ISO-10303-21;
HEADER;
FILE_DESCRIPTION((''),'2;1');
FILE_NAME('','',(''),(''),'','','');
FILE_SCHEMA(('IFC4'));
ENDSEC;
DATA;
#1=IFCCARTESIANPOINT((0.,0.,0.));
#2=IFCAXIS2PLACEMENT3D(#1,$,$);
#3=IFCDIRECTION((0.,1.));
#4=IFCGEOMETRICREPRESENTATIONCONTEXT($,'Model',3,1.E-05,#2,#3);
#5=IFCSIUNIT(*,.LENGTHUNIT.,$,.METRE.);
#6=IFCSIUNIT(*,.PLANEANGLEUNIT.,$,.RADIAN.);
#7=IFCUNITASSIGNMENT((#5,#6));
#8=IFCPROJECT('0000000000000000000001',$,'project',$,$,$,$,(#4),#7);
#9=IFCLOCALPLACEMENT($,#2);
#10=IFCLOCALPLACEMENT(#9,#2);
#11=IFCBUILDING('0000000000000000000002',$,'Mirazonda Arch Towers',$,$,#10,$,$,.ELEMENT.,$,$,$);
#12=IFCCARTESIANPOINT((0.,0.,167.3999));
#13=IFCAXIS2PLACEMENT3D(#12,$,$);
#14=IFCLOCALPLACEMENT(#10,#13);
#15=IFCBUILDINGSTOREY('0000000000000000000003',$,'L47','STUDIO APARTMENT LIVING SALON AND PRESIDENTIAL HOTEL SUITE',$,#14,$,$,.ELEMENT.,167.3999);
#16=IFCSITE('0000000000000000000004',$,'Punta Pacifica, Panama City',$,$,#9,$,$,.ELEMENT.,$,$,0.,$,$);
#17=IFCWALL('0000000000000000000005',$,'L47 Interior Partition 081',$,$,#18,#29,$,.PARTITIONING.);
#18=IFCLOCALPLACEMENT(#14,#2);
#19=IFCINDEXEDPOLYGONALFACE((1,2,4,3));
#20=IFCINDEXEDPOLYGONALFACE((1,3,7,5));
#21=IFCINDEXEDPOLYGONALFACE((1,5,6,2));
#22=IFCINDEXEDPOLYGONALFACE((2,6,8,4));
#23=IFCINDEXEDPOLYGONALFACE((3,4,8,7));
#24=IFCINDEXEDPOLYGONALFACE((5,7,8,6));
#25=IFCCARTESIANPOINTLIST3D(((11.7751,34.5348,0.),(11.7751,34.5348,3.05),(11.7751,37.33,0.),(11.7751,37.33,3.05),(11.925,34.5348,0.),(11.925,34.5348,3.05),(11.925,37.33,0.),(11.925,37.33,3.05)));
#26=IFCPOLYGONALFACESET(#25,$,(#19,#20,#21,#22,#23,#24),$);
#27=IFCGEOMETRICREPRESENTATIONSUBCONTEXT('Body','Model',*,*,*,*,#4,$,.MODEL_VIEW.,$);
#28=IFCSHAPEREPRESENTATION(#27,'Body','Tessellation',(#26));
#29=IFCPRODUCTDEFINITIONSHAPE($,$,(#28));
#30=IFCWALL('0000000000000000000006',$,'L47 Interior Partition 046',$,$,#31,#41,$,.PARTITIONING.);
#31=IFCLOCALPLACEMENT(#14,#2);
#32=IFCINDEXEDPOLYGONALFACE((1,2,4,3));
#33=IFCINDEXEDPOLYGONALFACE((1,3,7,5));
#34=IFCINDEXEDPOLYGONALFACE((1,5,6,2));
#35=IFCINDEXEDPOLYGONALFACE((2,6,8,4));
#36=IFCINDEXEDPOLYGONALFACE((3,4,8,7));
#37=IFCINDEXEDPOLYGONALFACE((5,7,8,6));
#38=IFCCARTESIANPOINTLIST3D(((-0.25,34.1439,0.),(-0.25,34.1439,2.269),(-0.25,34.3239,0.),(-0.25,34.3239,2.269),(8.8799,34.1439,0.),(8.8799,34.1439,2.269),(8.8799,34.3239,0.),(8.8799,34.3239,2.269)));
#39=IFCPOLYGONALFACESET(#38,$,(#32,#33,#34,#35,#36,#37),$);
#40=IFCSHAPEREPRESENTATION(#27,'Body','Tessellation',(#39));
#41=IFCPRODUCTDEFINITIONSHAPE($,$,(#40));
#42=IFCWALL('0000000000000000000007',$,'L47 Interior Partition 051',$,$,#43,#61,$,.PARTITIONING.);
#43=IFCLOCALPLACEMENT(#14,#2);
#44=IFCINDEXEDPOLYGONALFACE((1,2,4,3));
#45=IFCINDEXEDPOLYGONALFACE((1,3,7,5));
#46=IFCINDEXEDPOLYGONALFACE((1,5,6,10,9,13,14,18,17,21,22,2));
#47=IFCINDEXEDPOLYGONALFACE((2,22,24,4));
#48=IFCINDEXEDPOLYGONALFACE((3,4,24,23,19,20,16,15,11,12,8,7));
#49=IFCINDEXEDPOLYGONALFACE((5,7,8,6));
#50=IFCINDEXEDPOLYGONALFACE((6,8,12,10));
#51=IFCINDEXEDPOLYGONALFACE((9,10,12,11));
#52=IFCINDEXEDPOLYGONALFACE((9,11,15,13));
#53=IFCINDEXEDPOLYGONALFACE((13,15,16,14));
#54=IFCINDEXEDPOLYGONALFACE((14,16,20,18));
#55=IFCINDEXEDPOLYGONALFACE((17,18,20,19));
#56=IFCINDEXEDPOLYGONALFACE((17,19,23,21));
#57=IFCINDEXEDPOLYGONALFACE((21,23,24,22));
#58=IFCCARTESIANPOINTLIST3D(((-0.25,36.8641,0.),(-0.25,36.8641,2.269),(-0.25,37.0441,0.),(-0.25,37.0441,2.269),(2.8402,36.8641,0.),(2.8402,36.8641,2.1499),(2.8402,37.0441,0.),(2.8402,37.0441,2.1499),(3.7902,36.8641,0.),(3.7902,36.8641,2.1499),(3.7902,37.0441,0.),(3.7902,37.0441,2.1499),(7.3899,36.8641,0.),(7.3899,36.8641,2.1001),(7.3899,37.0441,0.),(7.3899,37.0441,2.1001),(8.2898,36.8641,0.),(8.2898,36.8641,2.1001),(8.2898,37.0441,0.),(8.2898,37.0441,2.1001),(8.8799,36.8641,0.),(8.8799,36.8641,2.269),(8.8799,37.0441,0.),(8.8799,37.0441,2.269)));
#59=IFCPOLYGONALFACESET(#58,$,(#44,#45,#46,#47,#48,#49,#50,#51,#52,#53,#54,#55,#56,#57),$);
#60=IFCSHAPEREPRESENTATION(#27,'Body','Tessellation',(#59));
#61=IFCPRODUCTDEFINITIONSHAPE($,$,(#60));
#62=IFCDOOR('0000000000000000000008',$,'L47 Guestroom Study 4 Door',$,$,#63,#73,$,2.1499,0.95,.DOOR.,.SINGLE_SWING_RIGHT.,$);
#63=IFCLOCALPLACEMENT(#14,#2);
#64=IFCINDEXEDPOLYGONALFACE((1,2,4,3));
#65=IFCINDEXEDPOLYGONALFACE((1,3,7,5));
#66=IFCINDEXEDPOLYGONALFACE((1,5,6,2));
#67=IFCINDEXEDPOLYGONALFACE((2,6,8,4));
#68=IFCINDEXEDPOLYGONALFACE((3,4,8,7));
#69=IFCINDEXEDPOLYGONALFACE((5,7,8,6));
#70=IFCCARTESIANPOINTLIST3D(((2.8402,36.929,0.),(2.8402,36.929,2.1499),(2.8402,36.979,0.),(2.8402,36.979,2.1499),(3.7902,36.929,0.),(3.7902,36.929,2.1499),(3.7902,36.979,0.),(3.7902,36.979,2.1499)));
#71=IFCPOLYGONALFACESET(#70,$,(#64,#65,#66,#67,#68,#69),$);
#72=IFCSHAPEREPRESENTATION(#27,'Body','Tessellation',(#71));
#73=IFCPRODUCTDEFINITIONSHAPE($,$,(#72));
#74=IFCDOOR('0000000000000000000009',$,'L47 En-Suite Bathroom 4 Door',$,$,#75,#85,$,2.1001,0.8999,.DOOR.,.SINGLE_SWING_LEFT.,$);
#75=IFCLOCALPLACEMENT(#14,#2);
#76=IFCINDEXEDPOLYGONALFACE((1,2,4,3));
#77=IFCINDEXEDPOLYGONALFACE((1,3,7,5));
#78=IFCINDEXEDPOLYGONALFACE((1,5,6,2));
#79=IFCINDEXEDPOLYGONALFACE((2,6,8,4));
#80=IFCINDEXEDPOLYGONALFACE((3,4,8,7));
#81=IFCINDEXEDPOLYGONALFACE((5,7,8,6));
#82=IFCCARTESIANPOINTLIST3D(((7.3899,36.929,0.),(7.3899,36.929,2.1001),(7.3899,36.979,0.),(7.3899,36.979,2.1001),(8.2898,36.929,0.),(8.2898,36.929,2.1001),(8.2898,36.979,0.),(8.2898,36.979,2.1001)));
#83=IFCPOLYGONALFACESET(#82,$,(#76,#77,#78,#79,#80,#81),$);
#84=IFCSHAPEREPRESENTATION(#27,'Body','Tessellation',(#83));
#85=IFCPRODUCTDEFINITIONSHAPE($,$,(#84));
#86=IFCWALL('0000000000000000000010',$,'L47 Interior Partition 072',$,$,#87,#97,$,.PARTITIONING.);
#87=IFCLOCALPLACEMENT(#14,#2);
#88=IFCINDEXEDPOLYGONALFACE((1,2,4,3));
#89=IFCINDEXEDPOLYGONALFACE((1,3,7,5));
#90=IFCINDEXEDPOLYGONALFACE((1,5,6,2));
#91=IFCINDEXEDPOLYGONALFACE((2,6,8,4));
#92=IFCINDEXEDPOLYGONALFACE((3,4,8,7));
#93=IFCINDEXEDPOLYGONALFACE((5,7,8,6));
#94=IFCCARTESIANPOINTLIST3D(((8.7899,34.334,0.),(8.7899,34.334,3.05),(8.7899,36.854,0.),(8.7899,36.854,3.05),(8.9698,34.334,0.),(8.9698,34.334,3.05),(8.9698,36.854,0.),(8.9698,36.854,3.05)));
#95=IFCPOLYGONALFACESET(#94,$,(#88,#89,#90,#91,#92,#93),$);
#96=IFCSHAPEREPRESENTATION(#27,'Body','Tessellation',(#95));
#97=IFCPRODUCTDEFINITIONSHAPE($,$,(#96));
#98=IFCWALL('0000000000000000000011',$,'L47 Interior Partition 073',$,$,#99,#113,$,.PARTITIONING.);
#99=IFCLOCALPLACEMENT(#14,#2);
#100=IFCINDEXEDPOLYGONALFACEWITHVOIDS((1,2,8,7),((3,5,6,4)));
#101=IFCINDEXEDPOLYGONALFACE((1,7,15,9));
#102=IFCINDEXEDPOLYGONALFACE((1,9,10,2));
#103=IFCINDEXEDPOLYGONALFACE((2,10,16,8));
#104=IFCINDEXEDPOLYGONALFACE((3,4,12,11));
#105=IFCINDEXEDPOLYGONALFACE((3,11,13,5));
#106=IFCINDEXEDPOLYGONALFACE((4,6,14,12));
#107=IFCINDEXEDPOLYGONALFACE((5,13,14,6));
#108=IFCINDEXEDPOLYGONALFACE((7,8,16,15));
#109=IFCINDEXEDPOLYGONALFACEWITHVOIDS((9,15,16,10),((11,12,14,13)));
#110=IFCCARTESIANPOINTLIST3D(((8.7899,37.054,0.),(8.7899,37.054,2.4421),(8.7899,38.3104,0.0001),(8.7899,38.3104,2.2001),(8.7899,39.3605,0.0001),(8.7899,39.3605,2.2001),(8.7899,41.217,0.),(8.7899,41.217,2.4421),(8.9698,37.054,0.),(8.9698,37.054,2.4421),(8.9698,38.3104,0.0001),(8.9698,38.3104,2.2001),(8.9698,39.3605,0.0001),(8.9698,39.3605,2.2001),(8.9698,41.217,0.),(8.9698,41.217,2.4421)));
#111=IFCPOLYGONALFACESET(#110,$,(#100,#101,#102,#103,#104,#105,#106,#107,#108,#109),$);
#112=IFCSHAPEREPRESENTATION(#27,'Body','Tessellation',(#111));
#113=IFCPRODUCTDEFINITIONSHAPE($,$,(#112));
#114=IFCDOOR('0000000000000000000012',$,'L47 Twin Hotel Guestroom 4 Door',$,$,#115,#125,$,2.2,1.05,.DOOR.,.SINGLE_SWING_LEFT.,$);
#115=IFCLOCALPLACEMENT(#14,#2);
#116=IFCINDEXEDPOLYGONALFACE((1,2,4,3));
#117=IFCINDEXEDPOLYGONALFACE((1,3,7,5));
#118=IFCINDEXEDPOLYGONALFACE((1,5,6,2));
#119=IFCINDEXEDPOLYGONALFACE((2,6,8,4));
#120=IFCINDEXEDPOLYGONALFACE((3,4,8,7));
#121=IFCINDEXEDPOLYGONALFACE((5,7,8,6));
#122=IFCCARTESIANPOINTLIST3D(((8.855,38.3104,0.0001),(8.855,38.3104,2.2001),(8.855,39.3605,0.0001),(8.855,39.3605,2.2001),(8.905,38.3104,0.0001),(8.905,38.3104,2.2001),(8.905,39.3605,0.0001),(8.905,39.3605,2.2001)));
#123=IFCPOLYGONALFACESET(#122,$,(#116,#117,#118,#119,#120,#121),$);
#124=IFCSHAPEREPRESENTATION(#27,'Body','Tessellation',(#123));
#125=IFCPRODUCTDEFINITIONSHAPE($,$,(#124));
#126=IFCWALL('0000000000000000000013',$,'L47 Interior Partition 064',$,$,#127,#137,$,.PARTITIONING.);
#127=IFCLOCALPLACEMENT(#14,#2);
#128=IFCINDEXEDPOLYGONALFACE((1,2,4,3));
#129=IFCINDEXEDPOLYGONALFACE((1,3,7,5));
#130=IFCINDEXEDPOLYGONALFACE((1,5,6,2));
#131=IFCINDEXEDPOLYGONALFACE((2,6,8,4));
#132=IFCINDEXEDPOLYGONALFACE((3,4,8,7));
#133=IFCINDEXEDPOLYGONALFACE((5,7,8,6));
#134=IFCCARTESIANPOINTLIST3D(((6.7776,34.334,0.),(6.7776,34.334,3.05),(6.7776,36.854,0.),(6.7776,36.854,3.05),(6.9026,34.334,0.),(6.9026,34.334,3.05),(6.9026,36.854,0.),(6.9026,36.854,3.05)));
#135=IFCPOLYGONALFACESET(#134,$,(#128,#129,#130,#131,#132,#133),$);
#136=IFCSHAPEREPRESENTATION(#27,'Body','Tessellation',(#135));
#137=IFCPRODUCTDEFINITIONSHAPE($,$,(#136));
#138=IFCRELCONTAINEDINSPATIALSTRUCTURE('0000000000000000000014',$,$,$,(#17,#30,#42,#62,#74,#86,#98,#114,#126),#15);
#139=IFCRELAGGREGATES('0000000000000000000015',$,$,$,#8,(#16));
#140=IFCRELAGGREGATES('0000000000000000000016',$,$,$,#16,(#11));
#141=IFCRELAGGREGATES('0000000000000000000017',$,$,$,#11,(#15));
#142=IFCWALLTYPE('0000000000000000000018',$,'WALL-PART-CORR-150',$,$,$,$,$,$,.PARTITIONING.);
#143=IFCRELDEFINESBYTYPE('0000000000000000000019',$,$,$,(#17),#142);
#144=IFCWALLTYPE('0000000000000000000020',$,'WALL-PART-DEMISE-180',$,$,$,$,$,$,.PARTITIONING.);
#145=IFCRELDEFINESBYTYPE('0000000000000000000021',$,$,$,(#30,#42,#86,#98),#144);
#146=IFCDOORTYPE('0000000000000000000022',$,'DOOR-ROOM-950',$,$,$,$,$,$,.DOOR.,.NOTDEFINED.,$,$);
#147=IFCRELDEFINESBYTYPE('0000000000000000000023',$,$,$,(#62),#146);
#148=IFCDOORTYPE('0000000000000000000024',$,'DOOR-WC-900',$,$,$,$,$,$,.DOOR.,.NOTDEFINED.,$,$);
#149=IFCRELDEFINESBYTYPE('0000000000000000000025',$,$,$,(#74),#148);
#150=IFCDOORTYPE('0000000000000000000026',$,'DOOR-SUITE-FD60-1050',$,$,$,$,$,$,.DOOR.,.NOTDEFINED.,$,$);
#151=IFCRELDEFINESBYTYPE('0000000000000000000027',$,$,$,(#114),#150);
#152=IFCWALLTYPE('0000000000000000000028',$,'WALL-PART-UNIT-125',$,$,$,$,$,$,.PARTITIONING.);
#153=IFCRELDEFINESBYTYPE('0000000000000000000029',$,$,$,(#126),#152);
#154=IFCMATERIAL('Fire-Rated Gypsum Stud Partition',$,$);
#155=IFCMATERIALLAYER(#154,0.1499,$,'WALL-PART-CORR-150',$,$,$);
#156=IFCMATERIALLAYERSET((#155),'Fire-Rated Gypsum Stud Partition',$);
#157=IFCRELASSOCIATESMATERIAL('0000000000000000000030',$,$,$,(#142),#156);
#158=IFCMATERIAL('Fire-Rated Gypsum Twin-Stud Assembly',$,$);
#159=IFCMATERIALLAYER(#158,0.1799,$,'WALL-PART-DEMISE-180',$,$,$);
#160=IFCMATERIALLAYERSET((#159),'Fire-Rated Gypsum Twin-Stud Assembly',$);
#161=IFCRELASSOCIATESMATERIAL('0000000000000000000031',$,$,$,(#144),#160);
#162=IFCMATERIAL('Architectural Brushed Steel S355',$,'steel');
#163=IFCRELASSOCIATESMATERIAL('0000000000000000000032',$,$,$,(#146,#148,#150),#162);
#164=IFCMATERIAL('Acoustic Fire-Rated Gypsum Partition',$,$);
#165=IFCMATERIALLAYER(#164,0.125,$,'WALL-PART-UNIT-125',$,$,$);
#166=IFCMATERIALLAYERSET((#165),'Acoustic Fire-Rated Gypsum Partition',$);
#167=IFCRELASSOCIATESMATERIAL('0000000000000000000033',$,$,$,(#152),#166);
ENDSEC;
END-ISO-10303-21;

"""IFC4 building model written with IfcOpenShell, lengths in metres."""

from ifc_helpers import new_model, si_unit, direction, frame, frame_2d, origin, place, context, subcontext, project, spatial, rectangle, extrude, material, layer, layer_set, type_object, element, fill, save


model = new_model("IFC4")

# Units and contexts
model_context = context("Model", 3, precision=1e-05, world=origin(), true_north=direction((0.0, 1.0)))
body_context = subcontext(model_context, "Body", "Model", "MODEL_VIEW")
ifc_project = project(units=[si_unit("LENGTHUNIT", "METRE"), si_unit("PLANEANGLEUNIT", "RADIAN")], contexts=[model_context])

# Site, building, storey
site_placement = place(None, origin())
site = spatial("IfcSite", under=ifc_project, at=site_placement, Name="Punta Pacifica, Panama City", CompositionType="ELEMENT", RefElevation=0.0)
building_placement = place(site_placement, origin())
building = spatial("IfcBuilding", under=site, at=building_placement, Name="Mirazonda Arch Towers", CompositionType="ELEMENT")
storey_placement = place(building_placement, frame((0.0, 0.0, 167.3999)))
storey = spatial("IfcBuildingStorey", under=building, at=storey_placement, Name="L47", Description="STUDIO APARTMENT LIVING SALON AND PRESIDENTIAL HOTEL SUITE", CompositionType="ELEMENT", Elevation=167.3999)

# Shared definitions
ifc_material_1 = material(Name="Fire-Rated Gypsum Stud Partition")
ifc_layer_1 = layer(ifc_material_1, 0.1499, Name="WALL-PART-CORR-150")
ifc_layer_set_1 = layer_set([ifc_layer_1], Name="Fire-Rated Gypsum Stud Partition")
wall_type_1 = type_object("IfcWallType", Name="WALL-PART-CORR-150", PredefinedType="PARTITIONING", material=ifc_layer_set_1)
ifc_material_2 = material(Name="Architectural Brushed Steel S355", Category="steel")

# Walls
wall_1_placement = place(storey_placement, frame((11.8501, 34.5349, 0.0), z_axis=(0.0, 0.0, 1.0), x_axis=(0.0, 1.0, 0.0)))
element("IfcWall", 1, at=wall_1_placement, inside=storey, type_object=wall_type_1, Name="L47 Interior Partition 081", PredefinedType="PARTITIONING", context=body_context, shape_type="SweptSolid", body=[
    extrude(rectangle(XDim=2.7952, YDim=0.1499, at=frame_2d((1.3975, 0.0))), origin(), (0.0, 0.0, 1.0), 3.05),
])
ifc_material_3 = material(Name="Fire-Rated Gypsum Twin-Stud Assembly")
ifc_layer_2 = layer(ifc_material_3, 0.1799, Name="WALL-PART-DEMISE-180")
ifc_layer_set_2 = layer_set([ifc_layer_2], Name="Fire-Rated Gypsum Twin-Stud Assembly")
wall_type_2 = type_object("IfcWallType", Name="WALL-PART-DEMISE-180", PredefinedType="PARTITIONING", material=ifc_layer_set_2)
wall_2_placement = place(storey_placement, frame((-0.25, 34.2339, 0.0), z_axis=(0.0, 0.0, 1.0), x_axis=(1.0, 0.0, 0.0)))
element("IfcWall", 2, at=wall_2_placement, inside=storey, type_object=wall_type_2, Name="L47 Interior Partition 046", PredefinedType="PARTITIONING", context=body_context, shape_type="SweptSolid", body=[
    extrude(rectangle(XDim=9.1299, YDim=0.1799, at=frame_2d((4.5649, 0.0))), origin(), (0.0, 0.0, 1.0), 2.269),
])

# Wall, openings, doors
wall_3_placement = place(storey_placement, frame((-0.25, 36.9541, 0.0), z_axis=(0.0, 0.0, 1.0), x_axis=(1.0, 0.0, 0.0)))
wall_3 = element("IfcWall", 3, at=wall_3_placement, inside=storey, type_object=wall_type_2, Name="L47 Interior Partition 051", PredefinedType="PARTITIONING", context=body_context, shape_type="SweptSolid", body=[
    extrude(rectangle(XDim=9.1299, YDim=0.1799, at=frame_2d((4.5649, 0.0))), origin(), (0.0, 0.0, 1.0), 2.269),
])
opening_1_placement = place(wall_3_placement, frame((3.0901, 0.0, 0.0)))
opening_1 = element("IfcOpeningElement", 4, at=opening_1_placement, cuts=wall_3, PredefinedType="OPENING", context=body_context, shape_type="SweptSolid", body=[
    extrude(rectangle(XDim=0.95, YDim=2.1499, at=frame_2d((0.4751, 1.075))), frame((0.0, 0.0999, 0.0), z_axis=(0.0, -1.0, 0.0), x_axis=(1.0, 0.0, 0.0)), (0.0, 0.0, 1.0), 0.2),
])
opening_2_placement = place(wall_3_placement, frame((7.6399, 0.0, 0.0)))
opening_2 = element("IfcOpeningElement", 5, at=opening_2_placement, cuts=wall_3, PredefinedType="OPENING", context=body_context, shape_type="SweptSolid", body=[
    extrude(rectangle(XDim=0.8999, YDim=2.1001, at=frame_2d((0.45, 1.05))), frame((0.0, 0.0999, 0.0), z_axis=(0.0, -1.0, 0.0), x_axis=(1.0, 0.0, 0.0)), (0.0, 0.0, 1.0), 0.2),
])
door_type_1 = type_object("IfcDoorType", Name="DOOR-ROOM-950", OperationType="NOTDEFINED", PredefinedType="DOOR", material=ifc_material_2)
door_1_placement = place(opening_1_placement, origin())
door_1 = element("IfcDoor", 6, at=door_1_placement, inside=storey, type_object=door_type_1, Name="L47 Guestroom Study 4 Door", OperationType="SINGLE_SWING_RIGHT", OverallHeight=2.1499, OverallWidth=0.95, PredefinedType="DOOR", context=body_context, shape_type="SweptSolid", body=[
    extrude(rectangle(XDim=0.95, YDim=2.1499, at=frame_2d((0.4751, 1.075))), frame((0.0, 0.0249, 0.0), z_axis=(0.0, -1.0, 0.0), x_axis=(1.0, 0.0, 0.0)), (0.0, 0.0, 1.0), 0.05),
])
fill(opening_1, door_1)
door_type_2 = type_object("IfcDoorType", Name="DOOR-WC-900", OperationType="NOTDEFINED", PredefinedType="DOOR", material=ifc_material_2)
door_2_placement = place(opening_2_placement, origin())
door_2 = element("IfcDoor", 7, at=door_2_placement, inside=storey, type_object=door_type_2, Name="L47 En-Suite Bathroom 4 Door", OperationType="SINGLE_SWING_LEFT", OverallHeight=2.1001, OverallWidth=0.8999, PredefinedType="DOOR", context=body_context, shape_type="SweptSolid", body=[
    extrude(rectangle(XDim=0.8999, YDim=2.1001, at=frame_2d((0.45, 1.05))), frame((0.0, 0.0249, 0.0), z_axis=(0.0, -1.0, 0.0), x_axis=(1.0, 0.0, 0.0)), (0.0, 0.0, 1.0), 0.05),
])
fill(opening_2, door_2)

# Wall
wall_4_placement = place(storey_placement, frame((8.8799, 34.334, 0.0), z_axis=(0.0, 0.0, 1.0), x_axis=(0.0, 1.0, 0.0)))
element("IfcWall", 8, at=wall_4_placement, inside=storey, type_object=wall_type_2, Name="L47 Interior Partition 072", PredefinedType="PARTITIONING", context=body_context, shape_type="SweptSolid", body=[
    extrude(rectangle(XDim=2.52, YDim=0.1799, at=frame_2d((1.26, 0.0))), origin(), (0.0, 0.0, 1.0), 3.05),
])

# Wall, opening, door
wall_5_placement = place(storey_placement, frame((8.8799, 37.054, 0.0), z_axis=(0.0, 0.0, 1.0), x_axis=(0.0, 1.0, 0.0)))
wall_5 = element("IfcWall", 9, at=wall_5_placement, inside=storey, type_object=wall_type_2, Name="L47 Interior Partition 073", PredefinedType="PARTITIONING", context=body_context, shape_type="SweptSolid", body=[
    extrude(rectangle(XDim=4.1631, YDim=0.1799, at=frame_2d((2.0815, 0.0))), origin(), (0.0, 0.0, 1.0), 2.4421),
])
opening_3_placement = place(wall_5_placement, frame((1.2566, 0.0, 0.0)))
opening_3 = element("IfcOpeningElement", 10, at=opening_3_placement, cuts=wall_5, PredefinedType="OPENING", context=body_context, shape_type="SweptSolid", body=[
    extrude(rectangle(XDim=1.05, YDim=2.2, at=frame_2d((0.5249, 1.1001))), frame((0.0, 0.0999, 0.0), z_axis=(0.0, -1.0, 0.0), x_axis=(1.0, 0.0, 0.0)), (0.0, 0.0, 1.0), 0.2),
])
door_type_3 = type_object("IfcDoorType", Name="DOOR-SUITE-FD60-1050", OperationType="NOTDEFINED", PredefinedType="DOOR", material=ifc_material_2)
door_3_placement = place(opening_3_placement, origin())
door_3 = element("IfcDoor", 11, at=door_3_placement, inside=storey, type_object=door_type_3, Name="L47 Twin Hotel Guestroom 4 Door", OperationType="SINGLE_SWING_LEFT", OverallHeight=2.2, OverallWidth=1.05, PredefinedType="DOOR", context=body_context, shape_type="SweptSolid", body=[
    extrude(rectangle(XDim=1.05, YDim=2.2, at=frame_2d((0.5249, 1.1001))), frame((0.0, 0.0249, 0.0), z_axis=(0.0, -1.0, 0.0), x_axis=(1.0, 0.0, 0.0)), (0.0, 0.0, 1.0), 0.05),
])
fill(opening_3, door_3)

# Wall
ifc_material_4 = material(Name="Acoustic Fire-Rated Gypsum Partition")
ifc_layer_3 = layer(ifc_material_4, 0.125, Name="WALL-PART-UNIT-125")
ifc_layer_set_3 = layer_set([ifc_layer_3], Name="Acoustic Fire-Rated Gypsum Partition")
wall_type_3 = type_object("IfcWallType", Name="WALL-PART-UNIT-125", PredefinedType="PARTITIONING", material=ifc_layer_set_3)
wall_6_placement = place(storey_placement, frame((6.8401, 34.334, 0.0), z_axis=(0.0, 0.0, 1.0), x_axis=(0.0, 1.0, 0.0)))
element("IfcWall", 12, at=wall_6_placement, inside=storey, type_object=wall_type_3, Name="L47 Interior Partition 064", PredefinedType="PARTITIONING", context=body_context, shape_type="SweptSolid", body=[
    extrude(rectangle(XDim=2.52, YDim=0.125, at=frame_2d((1.26, 0.0))), origin(), (0.0, 0.0, 1.0), 3.05),
])

save(model, "model.ifc")
